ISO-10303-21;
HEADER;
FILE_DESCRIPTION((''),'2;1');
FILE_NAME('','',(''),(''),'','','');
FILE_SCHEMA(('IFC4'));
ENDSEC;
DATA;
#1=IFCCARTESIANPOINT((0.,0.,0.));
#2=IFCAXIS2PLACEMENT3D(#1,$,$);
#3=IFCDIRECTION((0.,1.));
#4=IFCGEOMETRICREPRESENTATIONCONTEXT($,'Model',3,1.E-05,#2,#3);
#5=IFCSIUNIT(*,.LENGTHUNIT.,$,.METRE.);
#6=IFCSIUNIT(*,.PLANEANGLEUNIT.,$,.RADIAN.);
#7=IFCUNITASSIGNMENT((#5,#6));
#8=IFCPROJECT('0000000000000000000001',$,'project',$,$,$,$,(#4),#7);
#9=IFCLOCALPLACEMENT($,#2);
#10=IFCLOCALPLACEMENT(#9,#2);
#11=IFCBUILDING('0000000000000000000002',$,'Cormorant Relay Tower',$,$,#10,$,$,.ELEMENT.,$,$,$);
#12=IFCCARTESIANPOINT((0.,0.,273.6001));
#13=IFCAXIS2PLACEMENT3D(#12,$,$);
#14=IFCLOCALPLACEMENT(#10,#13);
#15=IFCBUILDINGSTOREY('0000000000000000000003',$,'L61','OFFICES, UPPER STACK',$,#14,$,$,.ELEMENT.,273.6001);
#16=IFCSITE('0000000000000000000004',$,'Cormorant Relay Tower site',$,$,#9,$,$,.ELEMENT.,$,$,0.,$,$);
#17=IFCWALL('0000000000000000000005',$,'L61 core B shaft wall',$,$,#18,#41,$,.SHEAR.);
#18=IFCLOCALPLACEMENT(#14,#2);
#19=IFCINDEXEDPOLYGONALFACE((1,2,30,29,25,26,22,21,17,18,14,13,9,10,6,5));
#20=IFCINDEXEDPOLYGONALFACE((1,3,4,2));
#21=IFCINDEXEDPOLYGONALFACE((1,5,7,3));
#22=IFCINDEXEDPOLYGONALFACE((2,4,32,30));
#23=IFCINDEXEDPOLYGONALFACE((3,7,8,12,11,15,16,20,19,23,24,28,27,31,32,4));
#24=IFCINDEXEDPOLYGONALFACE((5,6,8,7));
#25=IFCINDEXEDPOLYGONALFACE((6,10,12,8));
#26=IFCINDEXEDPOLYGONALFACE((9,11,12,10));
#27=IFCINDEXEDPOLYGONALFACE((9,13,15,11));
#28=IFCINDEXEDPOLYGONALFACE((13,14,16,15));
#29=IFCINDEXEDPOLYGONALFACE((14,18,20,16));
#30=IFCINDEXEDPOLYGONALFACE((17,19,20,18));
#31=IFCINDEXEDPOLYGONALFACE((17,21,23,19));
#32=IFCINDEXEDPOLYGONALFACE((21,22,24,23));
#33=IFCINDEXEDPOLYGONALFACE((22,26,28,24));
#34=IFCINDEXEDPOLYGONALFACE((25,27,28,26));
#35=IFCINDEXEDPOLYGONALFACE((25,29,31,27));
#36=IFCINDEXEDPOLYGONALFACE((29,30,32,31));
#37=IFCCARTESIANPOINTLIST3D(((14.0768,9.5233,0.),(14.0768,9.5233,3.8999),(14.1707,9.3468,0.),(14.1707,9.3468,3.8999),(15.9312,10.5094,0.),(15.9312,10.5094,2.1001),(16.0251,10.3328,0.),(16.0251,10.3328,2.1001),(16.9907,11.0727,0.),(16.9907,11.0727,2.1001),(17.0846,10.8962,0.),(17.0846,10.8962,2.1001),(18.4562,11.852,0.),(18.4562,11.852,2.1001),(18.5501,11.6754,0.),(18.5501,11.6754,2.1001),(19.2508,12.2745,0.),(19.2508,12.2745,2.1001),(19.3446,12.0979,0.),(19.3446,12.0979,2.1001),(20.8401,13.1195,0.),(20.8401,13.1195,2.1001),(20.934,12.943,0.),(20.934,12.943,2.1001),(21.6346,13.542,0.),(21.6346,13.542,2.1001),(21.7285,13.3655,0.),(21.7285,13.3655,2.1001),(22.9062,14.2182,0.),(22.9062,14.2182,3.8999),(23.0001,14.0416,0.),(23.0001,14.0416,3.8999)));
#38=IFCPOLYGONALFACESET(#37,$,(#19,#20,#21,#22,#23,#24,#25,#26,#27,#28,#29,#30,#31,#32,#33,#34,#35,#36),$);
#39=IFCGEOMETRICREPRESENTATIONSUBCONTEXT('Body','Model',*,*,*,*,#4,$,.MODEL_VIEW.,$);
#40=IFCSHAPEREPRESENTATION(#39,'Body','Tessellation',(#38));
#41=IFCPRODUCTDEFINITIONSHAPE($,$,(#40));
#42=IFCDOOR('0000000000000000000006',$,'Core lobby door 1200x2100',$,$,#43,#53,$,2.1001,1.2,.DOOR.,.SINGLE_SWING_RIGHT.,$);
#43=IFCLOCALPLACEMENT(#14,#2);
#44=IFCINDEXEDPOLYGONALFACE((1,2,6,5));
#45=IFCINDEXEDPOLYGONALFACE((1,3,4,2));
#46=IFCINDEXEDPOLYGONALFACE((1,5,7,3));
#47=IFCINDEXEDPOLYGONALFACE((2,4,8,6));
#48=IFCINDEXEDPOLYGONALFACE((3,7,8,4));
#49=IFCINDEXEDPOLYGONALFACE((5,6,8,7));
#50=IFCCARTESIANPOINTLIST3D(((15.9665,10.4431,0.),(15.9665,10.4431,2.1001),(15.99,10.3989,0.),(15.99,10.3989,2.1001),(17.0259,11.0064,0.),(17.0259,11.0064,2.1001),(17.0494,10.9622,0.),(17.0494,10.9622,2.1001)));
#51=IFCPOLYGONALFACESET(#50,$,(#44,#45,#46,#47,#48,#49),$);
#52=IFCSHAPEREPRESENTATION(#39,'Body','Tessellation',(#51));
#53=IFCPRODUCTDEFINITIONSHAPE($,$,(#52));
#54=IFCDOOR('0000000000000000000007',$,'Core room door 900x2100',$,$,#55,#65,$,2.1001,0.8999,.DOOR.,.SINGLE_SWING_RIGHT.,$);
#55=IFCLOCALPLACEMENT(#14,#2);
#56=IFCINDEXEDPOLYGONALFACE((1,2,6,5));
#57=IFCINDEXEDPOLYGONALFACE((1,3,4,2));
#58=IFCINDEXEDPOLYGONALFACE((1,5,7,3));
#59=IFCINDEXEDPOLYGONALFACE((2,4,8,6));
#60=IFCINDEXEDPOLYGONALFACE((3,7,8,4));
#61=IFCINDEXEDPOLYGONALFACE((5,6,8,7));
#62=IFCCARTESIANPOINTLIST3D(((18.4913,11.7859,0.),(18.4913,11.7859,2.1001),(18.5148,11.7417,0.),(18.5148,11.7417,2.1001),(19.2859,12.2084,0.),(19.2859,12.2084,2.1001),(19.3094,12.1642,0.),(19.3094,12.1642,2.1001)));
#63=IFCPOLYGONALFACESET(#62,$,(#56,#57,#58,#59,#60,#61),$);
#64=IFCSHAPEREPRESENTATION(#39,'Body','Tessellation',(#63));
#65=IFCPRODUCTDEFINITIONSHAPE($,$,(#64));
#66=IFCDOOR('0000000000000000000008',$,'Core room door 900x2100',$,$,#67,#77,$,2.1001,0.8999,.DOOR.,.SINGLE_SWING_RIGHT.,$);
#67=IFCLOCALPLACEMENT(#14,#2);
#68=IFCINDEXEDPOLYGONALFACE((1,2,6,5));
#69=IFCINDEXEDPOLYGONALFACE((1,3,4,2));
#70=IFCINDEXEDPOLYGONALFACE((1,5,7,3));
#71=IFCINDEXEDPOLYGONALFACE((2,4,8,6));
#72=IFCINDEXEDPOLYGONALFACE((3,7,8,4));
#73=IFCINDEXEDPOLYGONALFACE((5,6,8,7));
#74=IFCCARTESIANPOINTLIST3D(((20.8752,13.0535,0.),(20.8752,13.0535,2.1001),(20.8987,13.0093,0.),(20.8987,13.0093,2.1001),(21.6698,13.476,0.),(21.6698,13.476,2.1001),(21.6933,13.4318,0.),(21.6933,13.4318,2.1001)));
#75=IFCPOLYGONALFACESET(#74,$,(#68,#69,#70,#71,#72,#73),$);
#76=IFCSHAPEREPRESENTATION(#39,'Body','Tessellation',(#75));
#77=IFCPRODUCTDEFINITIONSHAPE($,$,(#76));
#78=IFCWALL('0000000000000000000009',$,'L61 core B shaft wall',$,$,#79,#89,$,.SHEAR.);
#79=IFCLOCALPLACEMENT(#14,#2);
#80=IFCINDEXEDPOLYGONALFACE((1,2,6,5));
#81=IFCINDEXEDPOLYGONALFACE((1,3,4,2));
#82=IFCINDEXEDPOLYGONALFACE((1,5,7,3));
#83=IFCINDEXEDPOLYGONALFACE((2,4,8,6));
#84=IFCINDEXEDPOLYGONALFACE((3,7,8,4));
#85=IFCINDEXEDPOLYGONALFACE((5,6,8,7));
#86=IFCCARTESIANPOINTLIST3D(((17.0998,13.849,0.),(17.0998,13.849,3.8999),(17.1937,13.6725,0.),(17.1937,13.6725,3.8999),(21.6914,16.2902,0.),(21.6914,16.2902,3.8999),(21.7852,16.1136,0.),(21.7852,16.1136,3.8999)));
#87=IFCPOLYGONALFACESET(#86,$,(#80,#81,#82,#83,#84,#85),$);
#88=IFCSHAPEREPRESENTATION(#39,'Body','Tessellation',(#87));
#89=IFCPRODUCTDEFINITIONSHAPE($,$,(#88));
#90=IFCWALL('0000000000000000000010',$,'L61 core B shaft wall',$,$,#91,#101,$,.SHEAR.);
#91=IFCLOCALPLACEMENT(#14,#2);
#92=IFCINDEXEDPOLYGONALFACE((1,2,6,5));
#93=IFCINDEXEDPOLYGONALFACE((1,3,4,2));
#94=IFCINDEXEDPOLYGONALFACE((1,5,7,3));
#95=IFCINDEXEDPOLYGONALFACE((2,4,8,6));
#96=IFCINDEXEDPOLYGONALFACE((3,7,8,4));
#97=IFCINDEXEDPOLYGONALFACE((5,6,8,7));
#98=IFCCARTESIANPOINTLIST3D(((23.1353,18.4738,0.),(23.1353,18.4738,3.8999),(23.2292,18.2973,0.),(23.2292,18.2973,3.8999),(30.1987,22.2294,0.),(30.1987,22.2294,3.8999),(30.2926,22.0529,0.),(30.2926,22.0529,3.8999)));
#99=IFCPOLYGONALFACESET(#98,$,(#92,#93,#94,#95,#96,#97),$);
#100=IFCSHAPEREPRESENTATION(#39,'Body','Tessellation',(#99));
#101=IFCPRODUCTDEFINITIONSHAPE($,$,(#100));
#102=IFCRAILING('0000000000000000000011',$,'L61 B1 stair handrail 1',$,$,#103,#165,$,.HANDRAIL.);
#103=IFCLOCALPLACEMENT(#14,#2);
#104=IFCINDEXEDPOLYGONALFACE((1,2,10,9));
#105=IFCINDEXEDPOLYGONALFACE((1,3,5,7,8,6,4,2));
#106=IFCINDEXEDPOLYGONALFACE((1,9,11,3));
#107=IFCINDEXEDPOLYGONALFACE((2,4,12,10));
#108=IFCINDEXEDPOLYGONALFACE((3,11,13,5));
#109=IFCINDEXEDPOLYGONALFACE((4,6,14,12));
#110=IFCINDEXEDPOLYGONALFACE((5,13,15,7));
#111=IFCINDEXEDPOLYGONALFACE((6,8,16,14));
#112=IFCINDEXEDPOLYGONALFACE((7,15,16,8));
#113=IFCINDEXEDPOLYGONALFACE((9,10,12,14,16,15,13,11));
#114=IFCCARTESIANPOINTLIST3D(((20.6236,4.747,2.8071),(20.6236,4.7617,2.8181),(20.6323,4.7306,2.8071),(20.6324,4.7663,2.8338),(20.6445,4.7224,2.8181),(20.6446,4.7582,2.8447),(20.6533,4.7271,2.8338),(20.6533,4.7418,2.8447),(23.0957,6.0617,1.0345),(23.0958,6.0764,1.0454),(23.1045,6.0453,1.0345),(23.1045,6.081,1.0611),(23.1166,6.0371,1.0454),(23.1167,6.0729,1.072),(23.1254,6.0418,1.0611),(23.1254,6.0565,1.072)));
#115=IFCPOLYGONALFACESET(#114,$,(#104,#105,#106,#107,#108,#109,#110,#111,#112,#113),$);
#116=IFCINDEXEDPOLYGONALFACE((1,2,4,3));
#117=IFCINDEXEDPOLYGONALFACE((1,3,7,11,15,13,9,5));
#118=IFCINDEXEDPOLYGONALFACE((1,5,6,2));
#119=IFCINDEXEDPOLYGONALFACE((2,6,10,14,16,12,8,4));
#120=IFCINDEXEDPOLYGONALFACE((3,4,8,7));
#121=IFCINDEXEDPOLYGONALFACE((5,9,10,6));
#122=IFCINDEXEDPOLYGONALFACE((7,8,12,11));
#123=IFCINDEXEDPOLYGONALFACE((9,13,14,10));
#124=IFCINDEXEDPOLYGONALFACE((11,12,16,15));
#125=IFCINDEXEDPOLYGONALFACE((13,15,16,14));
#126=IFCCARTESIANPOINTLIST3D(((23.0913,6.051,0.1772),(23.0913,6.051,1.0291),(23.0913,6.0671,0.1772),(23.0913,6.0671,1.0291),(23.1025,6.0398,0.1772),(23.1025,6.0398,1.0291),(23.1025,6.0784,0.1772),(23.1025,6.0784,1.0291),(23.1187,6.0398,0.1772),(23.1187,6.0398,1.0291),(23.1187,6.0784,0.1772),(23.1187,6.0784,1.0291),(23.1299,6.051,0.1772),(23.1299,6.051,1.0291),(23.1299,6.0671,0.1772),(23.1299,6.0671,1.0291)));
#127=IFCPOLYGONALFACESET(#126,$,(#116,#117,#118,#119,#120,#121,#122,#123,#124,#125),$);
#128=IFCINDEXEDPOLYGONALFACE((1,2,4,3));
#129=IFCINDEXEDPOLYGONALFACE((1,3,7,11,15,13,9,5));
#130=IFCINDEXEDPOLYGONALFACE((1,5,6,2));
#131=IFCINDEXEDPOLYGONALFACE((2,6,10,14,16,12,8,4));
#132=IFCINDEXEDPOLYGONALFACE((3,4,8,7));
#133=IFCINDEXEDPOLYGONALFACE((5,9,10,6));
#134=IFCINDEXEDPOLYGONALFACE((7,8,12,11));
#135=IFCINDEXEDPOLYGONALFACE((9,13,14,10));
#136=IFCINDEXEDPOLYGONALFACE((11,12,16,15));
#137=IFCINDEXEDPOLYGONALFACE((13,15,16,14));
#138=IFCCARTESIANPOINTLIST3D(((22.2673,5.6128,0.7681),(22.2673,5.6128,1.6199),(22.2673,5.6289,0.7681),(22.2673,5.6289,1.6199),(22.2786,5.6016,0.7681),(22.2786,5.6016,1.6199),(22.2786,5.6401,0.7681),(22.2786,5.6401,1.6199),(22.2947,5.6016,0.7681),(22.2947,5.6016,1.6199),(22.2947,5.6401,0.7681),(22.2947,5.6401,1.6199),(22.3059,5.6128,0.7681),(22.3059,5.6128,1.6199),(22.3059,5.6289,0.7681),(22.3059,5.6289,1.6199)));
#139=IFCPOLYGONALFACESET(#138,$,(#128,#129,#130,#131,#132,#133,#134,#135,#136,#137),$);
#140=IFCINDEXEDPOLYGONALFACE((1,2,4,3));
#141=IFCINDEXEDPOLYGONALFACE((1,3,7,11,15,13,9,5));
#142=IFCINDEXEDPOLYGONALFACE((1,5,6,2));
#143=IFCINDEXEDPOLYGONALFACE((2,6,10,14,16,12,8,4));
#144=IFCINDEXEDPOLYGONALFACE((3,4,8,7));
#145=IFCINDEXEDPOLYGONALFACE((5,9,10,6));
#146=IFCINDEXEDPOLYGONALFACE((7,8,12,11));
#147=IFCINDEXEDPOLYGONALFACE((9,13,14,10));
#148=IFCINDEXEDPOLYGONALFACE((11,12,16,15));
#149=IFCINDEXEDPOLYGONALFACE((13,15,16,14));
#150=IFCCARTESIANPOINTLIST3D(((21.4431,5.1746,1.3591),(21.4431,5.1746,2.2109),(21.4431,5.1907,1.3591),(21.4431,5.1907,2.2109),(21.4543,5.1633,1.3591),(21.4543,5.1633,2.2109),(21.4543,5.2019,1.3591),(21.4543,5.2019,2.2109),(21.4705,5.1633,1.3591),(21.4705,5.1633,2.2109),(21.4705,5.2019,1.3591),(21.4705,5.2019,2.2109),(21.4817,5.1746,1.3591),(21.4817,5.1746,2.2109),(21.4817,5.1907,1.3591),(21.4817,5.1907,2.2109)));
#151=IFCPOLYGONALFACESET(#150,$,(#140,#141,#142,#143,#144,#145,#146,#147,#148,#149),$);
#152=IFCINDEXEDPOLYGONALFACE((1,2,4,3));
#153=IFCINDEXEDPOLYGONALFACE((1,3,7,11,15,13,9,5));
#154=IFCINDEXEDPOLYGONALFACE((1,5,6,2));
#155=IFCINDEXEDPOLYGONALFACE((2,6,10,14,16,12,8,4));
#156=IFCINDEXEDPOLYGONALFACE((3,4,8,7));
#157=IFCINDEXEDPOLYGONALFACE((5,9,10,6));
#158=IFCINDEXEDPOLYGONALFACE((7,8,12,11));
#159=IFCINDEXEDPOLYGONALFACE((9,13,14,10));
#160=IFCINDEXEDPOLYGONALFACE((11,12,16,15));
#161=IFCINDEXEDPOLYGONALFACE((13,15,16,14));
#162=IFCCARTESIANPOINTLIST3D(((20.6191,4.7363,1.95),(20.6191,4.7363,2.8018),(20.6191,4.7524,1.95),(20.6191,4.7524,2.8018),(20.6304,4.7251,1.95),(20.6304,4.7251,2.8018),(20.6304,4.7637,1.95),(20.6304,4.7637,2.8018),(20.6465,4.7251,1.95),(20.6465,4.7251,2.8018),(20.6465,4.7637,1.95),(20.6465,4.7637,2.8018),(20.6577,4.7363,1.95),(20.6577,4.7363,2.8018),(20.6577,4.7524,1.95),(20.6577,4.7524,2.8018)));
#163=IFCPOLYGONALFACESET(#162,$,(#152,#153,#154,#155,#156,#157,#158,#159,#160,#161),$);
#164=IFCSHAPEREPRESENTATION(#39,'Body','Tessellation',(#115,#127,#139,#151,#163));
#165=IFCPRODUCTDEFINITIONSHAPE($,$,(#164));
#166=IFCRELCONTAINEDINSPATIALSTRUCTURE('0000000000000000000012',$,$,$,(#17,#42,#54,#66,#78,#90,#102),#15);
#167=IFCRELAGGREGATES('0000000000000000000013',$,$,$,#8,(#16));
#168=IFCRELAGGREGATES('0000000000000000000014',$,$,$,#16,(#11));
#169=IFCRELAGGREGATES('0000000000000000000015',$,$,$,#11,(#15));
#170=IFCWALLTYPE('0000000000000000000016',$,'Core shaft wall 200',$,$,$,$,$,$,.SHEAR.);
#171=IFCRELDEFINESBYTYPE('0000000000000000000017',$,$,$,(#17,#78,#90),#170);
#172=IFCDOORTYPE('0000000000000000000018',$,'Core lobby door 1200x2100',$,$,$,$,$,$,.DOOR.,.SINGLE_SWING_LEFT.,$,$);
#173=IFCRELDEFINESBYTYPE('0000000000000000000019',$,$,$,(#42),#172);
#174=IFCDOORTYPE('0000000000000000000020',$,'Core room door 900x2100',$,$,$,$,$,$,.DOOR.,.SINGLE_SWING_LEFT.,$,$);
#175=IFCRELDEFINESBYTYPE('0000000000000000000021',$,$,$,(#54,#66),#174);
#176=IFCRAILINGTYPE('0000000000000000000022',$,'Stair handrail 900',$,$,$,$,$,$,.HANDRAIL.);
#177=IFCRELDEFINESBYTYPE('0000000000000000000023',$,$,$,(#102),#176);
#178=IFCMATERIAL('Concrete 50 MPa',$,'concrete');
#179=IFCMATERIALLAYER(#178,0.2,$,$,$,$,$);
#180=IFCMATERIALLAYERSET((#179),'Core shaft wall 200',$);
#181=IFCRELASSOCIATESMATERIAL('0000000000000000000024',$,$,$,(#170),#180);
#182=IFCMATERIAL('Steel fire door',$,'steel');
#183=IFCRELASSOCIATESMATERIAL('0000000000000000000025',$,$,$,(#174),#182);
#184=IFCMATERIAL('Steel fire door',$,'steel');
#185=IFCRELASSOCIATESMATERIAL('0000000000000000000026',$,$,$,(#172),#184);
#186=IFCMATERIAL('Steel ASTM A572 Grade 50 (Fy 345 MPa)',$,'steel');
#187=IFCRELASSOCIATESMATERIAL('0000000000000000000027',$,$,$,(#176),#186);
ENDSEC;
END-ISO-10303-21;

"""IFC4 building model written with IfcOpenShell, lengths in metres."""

from ifc_helpers import new_model, si_unit, direction, frame, frame_2d, origin, place, context, subcontext, project, spatial, polyline, rectangle, outline, extrude, material, layer, layer_set, type_object, element, fill, save


model = new_model("IFC4")

# Units and contexts
model_context = context("Model", 3, precision=1e-05, world=origin(), true_north=direction((0.0, 1.0)))
body_context = subcontext(model_context, "Body", "Model", "MODEL_VIEW")
ifc_project = project(units=[si_unit("LENGTHUNIT", "METRE"), si_unit("PLANEANGLEUNIT", "RADIAN")], contexts=[model_context])

# Site, building, storey
site_placement = place(None, origin())
site = spatial("IfcSite", under=ifc_project, at=site_placement, Name="Cormorant Relay Tower site", CompositionType="ELEMENT", RefElevation=0.0)
building_placement = place(site_placement, origin())
building = spatial("IfcBuilding", under=site, at=building_placement, Name="Cormorant Relay Tower", CompositionType="ELEMENT")
storey_placement = place(building_placement, frame((0.0, 0.0, 273.6001)))
storey = spatial("IfcBuildingStorey", under=building, at=storey_placement, Name="L61", Description="OFFICES, UPPER STACK", CompositionType="ELEMENT", Elevation=273.6001)

# Shared definitions
ifc_material_1 = material(Name="Concrete 50 MPa", Category="concrete")
ifc_layer_1 = layer(ifc_material_1, 0.2)
ifc_layer_set_1 = layer_set([ifc_layer_1], Name="Core shaft wall 200")
wall_type_1 = type_object("IfcWallType", Name="Core shaft wall 200", PredefinedType="SHEAR", material=ifc_layer_set_1)

# Wall, openings, doors
ifc_material_2 = material(Name="Steel fire door", Category="steel")
door_type_1 = type_object("IfcDoorType", Name="Core room door 900x2100", OperationType="SINGLE_SWING_LEFT", PredefinedType="DOOR", material=ifc_material_2)
wall_1_placement = place(storey_placement, frame((14.1238, 9.4351, 0.0), z_axis=(0.0, 0.0, 1.0), x_axis=(0.88294, 0.469485, 0.0)))
wall_1 = element("IfcWall", 1, at=wall_1_placement, inside=storey, type_object=wall_type_1, Name="L61 core B shaft wall", PredefinedType="SHEAR", context=body_context, shape_type="SweptSolid", body=[
    extrude(rectangle(XDim=10.0, YDim=0.2, at=frame_2d((5.0, 0.0))), origin(), (0.0, 0.0, 1.0), 3.8999),
])
opening_1_placement = place(wall_1_placement, frame((2.1001, 0.0, 0.0)))
opening_1 = element("IfcOpeningElement", 2, at=opening_1_placement, cuts=wall_1, PredefinedType="OPENING", context=body_context, shape_type="SweptSolid", body=[
    extrude(rectangle(XDim=1.2, YDim=2.1001, at=frame_2d((0.6001, 1.05))), frame((0.0, 0.1099, 0.0), z_axis=(0.0, -1.0, 0.0), x_axis=(1.0, 0.0, 0.0)), (0.0, 0.0, 1.0), 0.22),
])
opening_2_placement = place(wall_1_placement, frame((4.96, 0.0, 0.0)))
opening_2 = element("IfcOpeningElement", 3, at=opening_2_placement, cuts=wall_1, PredefinedType="OPENING", context=body_context, shape_type="SweptSolid", body=[
    extrude(rectangle(XDim=0.8999, YDim=2.1001, at=frame_2d((0.45, 1.05))), frame((0.0, 0.1099, 0.0), z_axis=(0.0, -1.0, 0.0), x_axis=(1.0, 0.0, 0.0)), (0.0, 0.0, 1.0), 0.22),
])
opening_3_placement = place(wall_1_placement, frame((7.6599, 0.0, 0.0)))
opening_3 = element("IfcOpeningElement", 4, at=opening_3_placement, cuts=wall_1, PredefinedType="OPENING", context=body_context, shape_type="SweptSolid", body=[
    extrude(rectangle(XDim=0.8999, YDim=2.1001, at=frame_2d((0.45, 1.05))), frame((0.0, 0.1099, 0.0), z_axis=(0.0, -1.0, 0.0), x_axis=(1.0, 0.0, 0.0)), (0.0, 0.0, 1.0), 0.22),
])
ifc_material_3 = material(Name="Steel fire door", Category="steel")
door_type_2 = type_object("IfcDoorType", Name="Core lobby door 1200x2100", OperationType="SINGLE_SWING_LEFT", PredefinedType="DOOR", material=ifc_material_3)
door_1_placement = place(opening_1_placement, origin())
door_1 = element("IfcDoor", 5, at=door_1_placement, inside=storey, type_object=door_type_2, Name="Core lobby door 1200x2100", OperationType="SINGLE_SWING_RIGHT", OverallHeight=2.1001, OverallWidth=1.2, PredefinedType="DOOR", context=body_context, shape_type="SweptSolid", body=[
    extrude(rectangle(XDim=1.2, YDim=2.1001, at=frame_2d((0.6001, 1.05))), frame((0.0, 0.0249, 0.0), z_axis=(0.0, -1.0, 0.0), x_axis=(1.0, 0.0, 0.0)), (0.0, 0.0, 1.0), 0.05),
])
fill(opening_1, door_1)
door_2_placement = place(opening_2_placement, frame((0.8999, 0.0, 0.0), z_axis=(0.0, 0.0, 1.0), x_axis=(-1.0, 0.0, 0.0)))
door_2 = element("IfcDoor", 6, at=door_2_placement, inside=storey, type_object=door_type_1, Name="Core room door 900x2100", OperationType="SINGLE_SWING_RIGHT", OverallHeight=2.1001, OverallWidth=0.8999, PredefinedType="DOOR", context=body_context, shape_type="SweptSolid", body=[
    extrude(rectangle(XDim=0.8999, YDim=2.1001, at=frame_2d((0.45, 1.05))), frame((0.0, 0.0249, 0.0), z_axis=(0.0, -1.0, 0.0), x_axis=(1.0, 0.0, 0.0)), (0.0, 0.0, 1.0), 0.05),
])
fill(opening_2, door_2)
door_3_placement = place(opening_3_placement, frame((0.8999, 0.0, 0.0), z_axis=(0.0, 0.0, 1.0), x_axis=(-1.0, 0.0, 0.0)))
door_3 = element("IfcDoor", 7, at=door_3_placement, inside=storey, type_object=door_type_1, Name="Core room door 900x2100", OperationType="SINGLE_SWING_RIGHT", OverallHeight=2.1001, OverallWidth=0.8999, PredefinedType="DOOR", context=body_context, shape_type="SweptSolid", body=[
    extrude(rectangle(XDim=0.8999, YDim=2.1001, at=frame_2d((0.45, 1.05))), frame((0.0, 0.0249, 0.0), z_axis=(0.0, -1.0, 0.0), x_axis=(1.0, 0.0, 0.0)), (0.0, 0.0, 1.0), 0.05),
])
fill(opening_3, door_3)

# Walls
wall_2_placement = place(storey_placement, frame((17.1467, 13.7607, 0.0), z_axis=(0.0, 0.0, 1.0), x_axis=(0.882964, 0.46944, 0.0)))
element("IfcWall", 8, at=wall_2_placement, inside=storey, type_object=wall_type_1, Name="L61 core B shaft wall", PredefinedType="SHEAR", context=body_context, shape_type="SweptSolid", body=[
    extrude(rectangle(XDim=5.2002, YDim=0.2, at=frame_2d((2.6001, 0.0))), origin(), (0.0, 0.0, 1.0), 3.8999),
])
wall_3_placement = place(storey_placement, frame((23.1821, 18.3855, 0.0), z_axis=(0.0, 0.0, 1.0), x_axis=(0.882953, 0.469462, 0.0)))
element("IfcWall", 9, at=wall_3_placement, inside=storey, type_object=wall_type_1, Name="L61 core B shaft wall", PredefinedType="SHEAR", context=body_context, shape_type="SweptSolid", body=[
    extrude(rectangle(XDim=7.9998, YDim=0.2, at=frame_2d((4.0, 0.0))), origin(), (0.0, 0.0, 1.0), 3.8999),
])

# Railing
ifc_material_4 = material(Name="Steel ASTM A572 Grade 50 (Fy 345 MPa)", Category="steel")
railing_type = type_object("IfcRailingType", Name="Stair handrail 900", PredefinedType="HANDRAIL", material=ifc_material_4)
railing_placement = place(storey_placement, frame((23.1106, 6.0591, 0.1772)))
element("IfcRailing", 10, at=railing_placement, inside=storey, type_object=railing_type, Name="L61 B1 stair handrail 1", PredefinedType="HANDRAIL", context=body_context, shape_type="SweptSolid", body=[
    extrude(outline(polyline([(0.0222, 0.0093), (0.0093, 0.0222), (-0.0093, 0.0222), (-0.0222, 0.0093), (-0.0222, -0.0093), (-0.0093, -0.0222), (0.0093, -0.0222), (0.0222, -0.0093), (0.0222, 0.0093)])), frame((0.0, 0.0, 0.876), z_axis=(-0.745979, -0.396711, 0.534916), x_axis=(0.469533, -0.882915, 0.0)), (0.0, 0.0, 1.0), 3.314),
    extrude(outline(polyline([(0.0193, 0.0081), (0.0081, 0.0193), (-0.0081, 0.0193), (-0.0193, 0.0081), (-0.0193, -0.0081), (-0.0081, -0.0193), (0.0081, -0.0193), (0.0193, -0.0081), (0.0193, 0.0081)])), origin(), (0.0, 0.0, 1.0), 0.8518),
    extrude(outline(polyline([(0.0193, 0.0081), (0.0081, 0.0193), (-0.0081, 0.0193), (-0.0193, 0.0081), (-0.0193, -0.0081), (-0.0081, -0.0193), (0.0081, -0.0193), (0.0193, -0.0081), (0.0193, 0.0081)])), frame((-0.824, -0.4382, 0.5908)), (0.0, 0.0, 1.0), 0.8518),
    extrude(outline(polyline([(0.0193, 0.0081), (0.0081, 0.0193), (-0.0081, 0.0193), (-0.0193, 0.0081), (-0.0193, -0.0081), (-0.0081, -0.0193), (0.0081, -0.0193), (0.0193, -0.0081), (0.0193, 0.0081)])), frame((-1.6482, -0.8765, 1.1819)), (0.0, 0.0, 1.0), 0.8518),
    extrude(outline(polyline([(0.0193, 0.0081), (0.0081, 0.0193), (-0.0081, 0.0193), (-0.0193, 0.0081), (-0.0193, -0.0081), (-0.0081, -0.0193), (0.0081, -0.0193), (0.0193, -0.0081), (0.0193, 0.0081)])), frame((-2.4722, -1.3147, 1.7727)), (0.0, 0.0, 1.0), 0.8518),
])

save(model, "model.ifc")
